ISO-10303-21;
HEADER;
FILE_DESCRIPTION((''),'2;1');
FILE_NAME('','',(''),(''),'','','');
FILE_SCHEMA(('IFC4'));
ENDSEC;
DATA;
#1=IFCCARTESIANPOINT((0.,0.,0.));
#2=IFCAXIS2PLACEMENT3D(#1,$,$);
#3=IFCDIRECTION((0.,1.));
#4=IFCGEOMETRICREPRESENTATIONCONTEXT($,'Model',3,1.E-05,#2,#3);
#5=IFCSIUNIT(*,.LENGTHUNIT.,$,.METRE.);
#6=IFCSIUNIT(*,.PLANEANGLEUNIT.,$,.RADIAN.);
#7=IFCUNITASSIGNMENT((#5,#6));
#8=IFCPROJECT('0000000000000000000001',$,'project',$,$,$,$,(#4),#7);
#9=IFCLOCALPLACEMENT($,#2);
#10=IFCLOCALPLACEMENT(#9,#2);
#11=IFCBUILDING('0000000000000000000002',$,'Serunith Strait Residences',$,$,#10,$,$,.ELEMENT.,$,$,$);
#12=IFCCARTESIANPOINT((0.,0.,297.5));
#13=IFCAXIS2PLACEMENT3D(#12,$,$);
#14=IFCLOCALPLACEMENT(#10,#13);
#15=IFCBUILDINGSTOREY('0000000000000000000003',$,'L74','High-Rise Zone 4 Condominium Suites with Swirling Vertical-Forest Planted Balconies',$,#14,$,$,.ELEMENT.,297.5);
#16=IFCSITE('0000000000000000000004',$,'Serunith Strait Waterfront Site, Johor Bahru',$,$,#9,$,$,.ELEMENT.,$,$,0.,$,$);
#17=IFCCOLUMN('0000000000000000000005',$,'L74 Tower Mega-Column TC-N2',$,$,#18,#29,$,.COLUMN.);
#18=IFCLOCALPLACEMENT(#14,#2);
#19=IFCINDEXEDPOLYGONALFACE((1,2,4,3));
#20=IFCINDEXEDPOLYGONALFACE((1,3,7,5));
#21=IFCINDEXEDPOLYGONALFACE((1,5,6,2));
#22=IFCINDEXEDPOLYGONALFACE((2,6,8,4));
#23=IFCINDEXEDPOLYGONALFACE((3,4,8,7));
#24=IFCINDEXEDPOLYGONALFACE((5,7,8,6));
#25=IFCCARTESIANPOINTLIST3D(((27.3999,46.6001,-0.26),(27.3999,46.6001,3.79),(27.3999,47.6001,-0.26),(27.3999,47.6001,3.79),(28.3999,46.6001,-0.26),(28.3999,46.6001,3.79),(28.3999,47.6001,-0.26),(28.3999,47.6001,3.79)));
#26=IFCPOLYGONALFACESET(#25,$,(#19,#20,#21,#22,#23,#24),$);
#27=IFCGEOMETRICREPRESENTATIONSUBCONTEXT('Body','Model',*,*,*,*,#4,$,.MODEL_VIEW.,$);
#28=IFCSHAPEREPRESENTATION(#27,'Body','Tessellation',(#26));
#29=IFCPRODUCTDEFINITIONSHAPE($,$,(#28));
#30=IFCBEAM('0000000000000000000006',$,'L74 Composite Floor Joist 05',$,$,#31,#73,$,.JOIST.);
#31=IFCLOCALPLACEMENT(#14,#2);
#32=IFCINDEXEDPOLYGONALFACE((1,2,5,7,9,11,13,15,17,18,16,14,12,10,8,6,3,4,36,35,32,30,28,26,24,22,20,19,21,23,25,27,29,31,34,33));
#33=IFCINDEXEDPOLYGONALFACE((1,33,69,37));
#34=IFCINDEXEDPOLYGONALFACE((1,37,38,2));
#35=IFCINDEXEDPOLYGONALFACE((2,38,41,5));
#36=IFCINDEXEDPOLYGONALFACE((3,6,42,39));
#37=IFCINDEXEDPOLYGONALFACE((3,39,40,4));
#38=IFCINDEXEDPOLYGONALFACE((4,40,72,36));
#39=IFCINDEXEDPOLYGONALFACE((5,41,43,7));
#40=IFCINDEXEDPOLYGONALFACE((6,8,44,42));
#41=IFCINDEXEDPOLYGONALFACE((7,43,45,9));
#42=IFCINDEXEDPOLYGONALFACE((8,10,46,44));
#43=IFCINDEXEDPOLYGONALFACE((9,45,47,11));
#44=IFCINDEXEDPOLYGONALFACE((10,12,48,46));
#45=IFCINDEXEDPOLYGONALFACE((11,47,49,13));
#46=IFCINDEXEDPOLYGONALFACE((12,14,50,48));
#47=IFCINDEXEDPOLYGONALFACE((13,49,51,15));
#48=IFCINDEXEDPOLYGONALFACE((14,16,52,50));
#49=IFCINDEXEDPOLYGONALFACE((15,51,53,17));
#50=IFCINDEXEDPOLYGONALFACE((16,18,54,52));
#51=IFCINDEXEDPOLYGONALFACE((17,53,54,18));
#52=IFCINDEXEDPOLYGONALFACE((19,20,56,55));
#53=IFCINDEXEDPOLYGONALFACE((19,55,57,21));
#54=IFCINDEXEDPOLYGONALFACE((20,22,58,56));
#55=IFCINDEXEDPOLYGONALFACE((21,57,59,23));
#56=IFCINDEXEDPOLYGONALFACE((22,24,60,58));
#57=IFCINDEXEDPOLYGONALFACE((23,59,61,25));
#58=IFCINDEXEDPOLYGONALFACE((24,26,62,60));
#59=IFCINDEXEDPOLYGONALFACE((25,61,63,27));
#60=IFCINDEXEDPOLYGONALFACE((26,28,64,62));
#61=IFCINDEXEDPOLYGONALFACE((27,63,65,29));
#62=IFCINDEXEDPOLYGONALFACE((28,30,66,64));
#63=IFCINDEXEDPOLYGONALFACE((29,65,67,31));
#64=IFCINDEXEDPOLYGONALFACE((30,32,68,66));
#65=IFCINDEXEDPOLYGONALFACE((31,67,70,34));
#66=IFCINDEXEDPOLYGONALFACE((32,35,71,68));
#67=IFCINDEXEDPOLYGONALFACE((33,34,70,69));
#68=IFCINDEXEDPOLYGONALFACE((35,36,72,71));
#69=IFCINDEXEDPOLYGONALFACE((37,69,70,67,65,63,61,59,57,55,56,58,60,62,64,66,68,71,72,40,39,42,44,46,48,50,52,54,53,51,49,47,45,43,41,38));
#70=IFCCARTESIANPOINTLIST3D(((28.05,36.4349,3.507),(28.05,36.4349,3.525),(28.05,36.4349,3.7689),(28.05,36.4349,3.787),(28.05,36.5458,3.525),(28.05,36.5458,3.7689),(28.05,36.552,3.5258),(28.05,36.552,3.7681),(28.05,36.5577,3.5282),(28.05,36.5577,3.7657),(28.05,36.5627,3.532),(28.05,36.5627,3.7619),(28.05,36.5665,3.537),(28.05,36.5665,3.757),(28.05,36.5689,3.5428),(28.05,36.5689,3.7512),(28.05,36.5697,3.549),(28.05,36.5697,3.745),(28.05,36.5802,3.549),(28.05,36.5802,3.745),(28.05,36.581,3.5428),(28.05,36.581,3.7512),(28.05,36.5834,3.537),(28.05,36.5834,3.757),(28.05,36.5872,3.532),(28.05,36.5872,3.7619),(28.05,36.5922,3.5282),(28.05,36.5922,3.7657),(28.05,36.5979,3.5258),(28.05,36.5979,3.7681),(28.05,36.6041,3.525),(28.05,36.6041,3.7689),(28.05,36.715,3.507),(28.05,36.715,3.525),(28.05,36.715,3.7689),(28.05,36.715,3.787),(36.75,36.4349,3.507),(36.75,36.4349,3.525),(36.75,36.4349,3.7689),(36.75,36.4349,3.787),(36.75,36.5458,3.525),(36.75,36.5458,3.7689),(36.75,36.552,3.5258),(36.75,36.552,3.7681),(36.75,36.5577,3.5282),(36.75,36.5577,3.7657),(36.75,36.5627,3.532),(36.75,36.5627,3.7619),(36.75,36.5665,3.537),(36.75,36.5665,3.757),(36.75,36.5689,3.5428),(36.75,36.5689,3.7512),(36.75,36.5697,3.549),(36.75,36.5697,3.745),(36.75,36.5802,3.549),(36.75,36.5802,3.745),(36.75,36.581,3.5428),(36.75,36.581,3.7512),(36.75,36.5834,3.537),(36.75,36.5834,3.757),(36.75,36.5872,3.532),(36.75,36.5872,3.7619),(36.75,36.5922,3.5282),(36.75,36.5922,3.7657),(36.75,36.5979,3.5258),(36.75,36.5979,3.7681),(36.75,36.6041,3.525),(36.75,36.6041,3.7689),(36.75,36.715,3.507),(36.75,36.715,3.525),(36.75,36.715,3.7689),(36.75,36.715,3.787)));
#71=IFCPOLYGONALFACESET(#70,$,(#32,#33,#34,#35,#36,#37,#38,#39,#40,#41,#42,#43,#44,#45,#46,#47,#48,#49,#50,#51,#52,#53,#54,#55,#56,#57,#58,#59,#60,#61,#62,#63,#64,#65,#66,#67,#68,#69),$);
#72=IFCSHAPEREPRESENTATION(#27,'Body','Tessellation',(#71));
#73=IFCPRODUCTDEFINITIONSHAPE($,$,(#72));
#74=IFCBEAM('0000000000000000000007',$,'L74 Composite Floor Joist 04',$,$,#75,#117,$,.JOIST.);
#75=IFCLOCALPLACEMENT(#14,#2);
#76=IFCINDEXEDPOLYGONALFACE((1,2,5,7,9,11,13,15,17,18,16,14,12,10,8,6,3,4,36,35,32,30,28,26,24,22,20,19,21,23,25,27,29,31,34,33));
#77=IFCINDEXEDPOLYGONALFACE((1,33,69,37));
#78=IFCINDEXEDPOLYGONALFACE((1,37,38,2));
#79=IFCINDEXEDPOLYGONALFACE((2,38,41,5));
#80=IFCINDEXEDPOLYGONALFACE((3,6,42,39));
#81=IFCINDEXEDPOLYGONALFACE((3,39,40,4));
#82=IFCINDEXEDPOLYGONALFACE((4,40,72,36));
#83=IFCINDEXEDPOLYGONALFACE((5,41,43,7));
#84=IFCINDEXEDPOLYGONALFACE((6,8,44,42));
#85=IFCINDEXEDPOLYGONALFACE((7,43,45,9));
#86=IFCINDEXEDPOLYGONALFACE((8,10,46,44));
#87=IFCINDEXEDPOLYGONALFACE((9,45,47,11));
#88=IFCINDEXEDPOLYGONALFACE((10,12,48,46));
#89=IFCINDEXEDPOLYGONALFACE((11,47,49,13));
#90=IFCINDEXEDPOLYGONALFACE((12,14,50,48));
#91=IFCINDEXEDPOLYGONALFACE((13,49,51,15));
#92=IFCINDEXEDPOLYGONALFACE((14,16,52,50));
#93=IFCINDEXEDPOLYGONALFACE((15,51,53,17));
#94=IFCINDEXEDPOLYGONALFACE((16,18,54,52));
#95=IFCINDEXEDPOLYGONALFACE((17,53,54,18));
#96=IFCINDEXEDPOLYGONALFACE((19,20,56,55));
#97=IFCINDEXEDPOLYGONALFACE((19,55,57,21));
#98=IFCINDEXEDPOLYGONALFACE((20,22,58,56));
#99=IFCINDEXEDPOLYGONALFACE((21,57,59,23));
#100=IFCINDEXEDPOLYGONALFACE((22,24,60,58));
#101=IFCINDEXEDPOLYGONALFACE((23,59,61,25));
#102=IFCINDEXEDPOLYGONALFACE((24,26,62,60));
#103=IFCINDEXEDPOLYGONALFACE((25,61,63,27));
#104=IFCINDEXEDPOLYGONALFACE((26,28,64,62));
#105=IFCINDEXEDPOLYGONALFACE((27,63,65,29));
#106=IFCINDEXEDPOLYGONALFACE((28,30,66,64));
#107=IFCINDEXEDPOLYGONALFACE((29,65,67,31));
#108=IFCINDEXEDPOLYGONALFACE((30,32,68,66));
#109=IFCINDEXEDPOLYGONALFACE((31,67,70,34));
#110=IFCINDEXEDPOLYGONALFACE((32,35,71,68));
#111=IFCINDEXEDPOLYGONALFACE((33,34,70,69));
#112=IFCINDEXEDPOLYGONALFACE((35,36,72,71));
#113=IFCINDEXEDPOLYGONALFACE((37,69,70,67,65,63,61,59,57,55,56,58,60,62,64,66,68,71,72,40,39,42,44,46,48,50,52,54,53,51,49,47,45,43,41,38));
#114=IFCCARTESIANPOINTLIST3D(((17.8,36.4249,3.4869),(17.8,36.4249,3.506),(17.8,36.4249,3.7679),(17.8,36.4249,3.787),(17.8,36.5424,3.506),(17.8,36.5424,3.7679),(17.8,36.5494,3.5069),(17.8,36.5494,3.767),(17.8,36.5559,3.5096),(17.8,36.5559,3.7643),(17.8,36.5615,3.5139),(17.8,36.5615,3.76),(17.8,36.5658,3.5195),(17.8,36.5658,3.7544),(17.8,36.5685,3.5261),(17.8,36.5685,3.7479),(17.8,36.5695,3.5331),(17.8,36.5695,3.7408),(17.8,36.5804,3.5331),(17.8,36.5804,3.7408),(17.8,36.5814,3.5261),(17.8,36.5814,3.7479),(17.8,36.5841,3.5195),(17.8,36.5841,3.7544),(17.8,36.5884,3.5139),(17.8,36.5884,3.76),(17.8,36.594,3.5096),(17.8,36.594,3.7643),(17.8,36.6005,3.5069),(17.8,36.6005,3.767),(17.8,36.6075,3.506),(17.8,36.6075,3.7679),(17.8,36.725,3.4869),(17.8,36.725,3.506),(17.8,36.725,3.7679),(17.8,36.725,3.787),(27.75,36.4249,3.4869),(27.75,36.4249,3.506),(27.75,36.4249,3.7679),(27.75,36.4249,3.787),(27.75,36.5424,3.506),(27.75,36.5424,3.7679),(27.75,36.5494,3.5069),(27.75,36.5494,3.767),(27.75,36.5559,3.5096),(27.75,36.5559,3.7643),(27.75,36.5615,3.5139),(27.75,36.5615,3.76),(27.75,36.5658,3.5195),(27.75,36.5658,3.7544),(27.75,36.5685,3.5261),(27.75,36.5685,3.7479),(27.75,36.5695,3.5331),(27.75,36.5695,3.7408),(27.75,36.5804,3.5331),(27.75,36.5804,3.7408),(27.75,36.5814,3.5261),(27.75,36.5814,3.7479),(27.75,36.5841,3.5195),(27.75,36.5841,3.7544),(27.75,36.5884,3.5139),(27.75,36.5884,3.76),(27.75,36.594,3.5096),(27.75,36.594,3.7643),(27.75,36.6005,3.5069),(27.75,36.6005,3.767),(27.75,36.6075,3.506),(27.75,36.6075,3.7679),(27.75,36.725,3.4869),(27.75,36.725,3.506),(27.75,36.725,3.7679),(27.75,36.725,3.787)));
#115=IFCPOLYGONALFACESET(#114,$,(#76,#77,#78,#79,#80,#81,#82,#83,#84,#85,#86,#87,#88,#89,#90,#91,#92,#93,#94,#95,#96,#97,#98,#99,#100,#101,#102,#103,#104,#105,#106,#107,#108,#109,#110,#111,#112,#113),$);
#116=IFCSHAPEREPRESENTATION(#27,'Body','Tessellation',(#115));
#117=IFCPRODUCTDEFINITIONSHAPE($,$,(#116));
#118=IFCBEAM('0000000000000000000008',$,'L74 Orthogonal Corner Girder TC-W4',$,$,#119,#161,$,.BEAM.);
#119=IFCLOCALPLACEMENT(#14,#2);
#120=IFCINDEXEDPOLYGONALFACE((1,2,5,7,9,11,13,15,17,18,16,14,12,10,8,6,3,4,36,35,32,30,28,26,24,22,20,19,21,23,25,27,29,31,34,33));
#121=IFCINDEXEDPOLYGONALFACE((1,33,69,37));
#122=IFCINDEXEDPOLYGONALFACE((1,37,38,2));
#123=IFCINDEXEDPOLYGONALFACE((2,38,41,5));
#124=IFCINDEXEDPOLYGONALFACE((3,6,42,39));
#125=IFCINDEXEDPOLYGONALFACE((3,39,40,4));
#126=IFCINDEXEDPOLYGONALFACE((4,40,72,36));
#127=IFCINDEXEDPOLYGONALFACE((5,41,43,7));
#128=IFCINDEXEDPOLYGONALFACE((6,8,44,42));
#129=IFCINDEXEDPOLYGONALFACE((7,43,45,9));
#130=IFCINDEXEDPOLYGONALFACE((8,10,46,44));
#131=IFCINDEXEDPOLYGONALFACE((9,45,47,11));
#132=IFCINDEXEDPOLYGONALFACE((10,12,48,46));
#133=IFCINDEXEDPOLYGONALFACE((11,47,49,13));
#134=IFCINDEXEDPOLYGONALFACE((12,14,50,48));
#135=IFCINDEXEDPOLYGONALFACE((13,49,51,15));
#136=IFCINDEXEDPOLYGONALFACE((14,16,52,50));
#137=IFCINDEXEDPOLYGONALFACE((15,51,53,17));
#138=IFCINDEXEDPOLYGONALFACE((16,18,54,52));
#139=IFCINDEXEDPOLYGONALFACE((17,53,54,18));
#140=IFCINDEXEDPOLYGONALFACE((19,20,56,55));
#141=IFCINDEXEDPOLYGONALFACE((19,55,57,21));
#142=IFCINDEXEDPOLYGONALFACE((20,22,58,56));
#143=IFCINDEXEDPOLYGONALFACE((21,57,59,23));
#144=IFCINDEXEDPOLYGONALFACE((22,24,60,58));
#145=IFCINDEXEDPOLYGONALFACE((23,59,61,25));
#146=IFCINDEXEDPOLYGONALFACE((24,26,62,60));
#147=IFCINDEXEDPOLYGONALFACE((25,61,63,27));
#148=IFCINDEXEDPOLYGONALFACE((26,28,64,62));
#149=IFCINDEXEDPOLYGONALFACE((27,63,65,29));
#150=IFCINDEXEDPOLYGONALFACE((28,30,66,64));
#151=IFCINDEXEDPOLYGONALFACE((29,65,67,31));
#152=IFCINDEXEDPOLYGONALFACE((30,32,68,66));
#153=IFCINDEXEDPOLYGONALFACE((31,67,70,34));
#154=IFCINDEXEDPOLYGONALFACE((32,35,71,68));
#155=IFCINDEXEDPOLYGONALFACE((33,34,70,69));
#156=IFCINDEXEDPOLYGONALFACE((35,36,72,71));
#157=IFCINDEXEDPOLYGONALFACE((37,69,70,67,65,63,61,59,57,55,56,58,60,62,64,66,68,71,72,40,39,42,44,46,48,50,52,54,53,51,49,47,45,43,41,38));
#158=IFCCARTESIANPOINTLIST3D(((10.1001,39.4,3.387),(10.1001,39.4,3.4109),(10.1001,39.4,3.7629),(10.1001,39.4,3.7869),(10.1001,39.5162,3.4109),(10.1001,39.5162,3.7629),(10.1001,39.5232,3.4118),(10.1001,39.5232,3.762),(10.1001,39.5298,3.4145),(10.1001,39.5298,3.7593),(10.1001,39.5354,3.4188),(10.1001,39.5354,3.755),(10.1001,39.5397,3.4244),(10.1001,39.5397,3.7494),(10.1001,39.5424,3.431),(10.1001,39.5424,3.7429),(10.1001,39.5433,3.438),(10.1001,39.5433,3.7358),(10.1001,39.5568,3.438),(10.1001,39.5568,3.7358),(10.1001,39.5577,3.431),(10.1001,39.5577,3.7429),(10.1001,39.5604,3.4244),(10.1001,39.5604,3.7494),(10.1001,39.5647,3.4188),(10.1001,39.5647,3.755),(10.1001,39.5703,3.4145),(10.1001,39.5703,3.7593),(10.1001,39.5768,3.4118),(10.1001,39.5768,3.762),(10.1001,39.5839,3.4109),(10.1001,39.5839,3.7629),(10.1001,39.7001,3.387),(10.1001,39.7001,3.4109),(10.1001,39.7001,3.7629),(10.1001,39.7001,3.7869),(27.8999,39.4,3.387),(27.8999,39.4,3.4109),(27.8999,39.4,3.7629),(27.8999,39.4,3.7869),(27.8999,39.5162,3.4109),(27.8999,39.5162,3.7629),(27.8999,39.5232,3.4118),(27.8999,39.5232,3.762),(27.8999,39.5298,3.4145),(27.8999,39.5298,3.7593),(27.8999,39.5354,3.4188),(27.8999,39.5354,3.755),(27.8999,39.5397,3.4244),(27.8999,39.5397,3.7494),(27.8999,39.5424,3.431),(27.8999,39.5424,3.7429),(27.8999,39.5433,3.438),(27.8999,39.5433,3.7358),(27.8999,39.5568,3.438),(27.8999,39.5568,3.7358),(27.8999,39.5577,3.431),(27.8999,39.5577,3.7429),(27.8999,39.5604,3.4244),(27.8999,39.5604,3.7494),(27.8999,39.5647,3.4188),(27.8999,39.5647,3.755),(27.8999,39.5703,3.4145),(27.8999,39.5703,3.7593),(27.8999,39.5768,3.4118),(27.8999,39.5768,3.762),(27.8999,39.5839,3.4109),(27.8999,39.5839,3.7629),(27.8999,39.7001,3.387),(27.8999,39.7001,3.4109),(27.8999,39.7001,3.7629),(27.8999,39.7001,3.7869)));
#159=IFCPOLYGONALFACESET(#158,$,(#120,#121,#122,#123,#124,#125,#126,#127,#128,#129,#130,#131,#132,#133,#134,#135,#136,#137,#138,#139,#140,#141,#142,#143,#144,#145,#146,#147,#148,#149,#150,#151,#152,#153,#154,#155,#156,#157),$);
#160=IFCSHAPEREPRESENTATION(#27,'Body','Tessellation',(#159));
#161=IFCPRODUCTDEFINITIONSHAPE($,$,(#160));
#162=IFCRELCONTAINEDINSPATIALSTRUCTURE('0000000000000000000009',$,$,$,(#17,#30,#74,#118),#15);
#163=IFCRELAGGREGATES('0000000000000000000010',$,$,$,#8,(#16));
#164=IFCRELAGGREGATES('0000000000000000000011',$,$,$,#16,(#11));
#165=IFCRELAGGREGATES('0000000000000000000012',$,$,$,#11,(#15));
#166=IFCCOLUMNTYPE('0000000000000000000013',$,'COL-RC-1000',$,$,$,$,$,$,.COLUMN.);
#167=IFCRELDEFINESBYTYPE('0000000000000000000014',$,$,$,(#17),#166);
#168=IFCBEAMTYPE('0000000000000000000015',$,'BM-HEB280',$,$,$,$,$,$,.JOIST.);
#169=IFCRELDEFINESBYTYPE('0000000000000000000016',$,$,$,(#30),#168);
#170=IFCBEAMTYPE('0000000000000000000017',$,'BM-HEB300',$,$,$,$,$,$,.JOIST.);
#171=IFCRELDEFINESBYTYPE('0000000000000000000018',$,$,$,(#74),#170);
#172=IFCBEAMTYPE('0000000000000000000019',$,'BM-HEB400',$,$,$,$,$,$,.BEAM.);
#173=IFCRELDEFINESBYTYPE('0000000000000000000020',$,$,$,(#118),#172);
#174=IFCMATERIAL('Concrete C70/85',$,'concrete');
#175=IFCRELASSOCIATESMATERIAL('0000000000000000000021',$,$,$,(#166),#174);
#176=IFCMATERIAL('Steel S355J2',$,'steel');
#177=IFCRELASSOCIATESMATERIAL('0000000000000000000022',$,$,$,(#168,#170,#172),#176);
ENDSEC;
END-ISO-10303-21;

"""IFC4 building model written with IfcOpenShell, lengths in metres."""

from ifc_helpers import new_model, si_unit, direction, frame, origin, origin_2d, place, context, subcontext, project, spatial, rectangle, i_section, extrude, source, transform, mapped, material, material_profile, profile_set, type_object, element, save


model = new_model("IFC4")

# Units and contexts
model_context = context("Model", 3, precision=1e-05, world=origin(), true_north=direction((0.0, 1.0)))
body_context = subcontext(model_context, "Body", "Model", "MODEL_VIEW")
ifc_project = project(units=[si_unit("LENGTHUNIT", "METRE"), si_unit("PLANEANGLEUNIT", "RADIAN")], contexts=[model_context])

# Site, building, storey
site_placement = place(None, origin())
site = spatial("IfcSite", under=ifc_project, at=site_placement, Name="Serunith Strait Waterfront Site, Johor Bahru", CompositionType="ELEMENT", RefElevation=0.0)
building_placement = place(site_placement, origin())
building = spatial("IfcBuilding", under=site, at=building_placement, Name="Serunith Strait Residences", CompositionType="ELEMENT")
storey_placement = place(building_placement, frame((0.0, 0.0, 297.5)))
storey = spatial("IfcBuildingStorey", under=building, at=storey_placement, Name="L74", Description="High-Rise Zone 4 Condominium Suites with Swirling Vertical-Forest Planted Balconies", CompositionType="ELEMENT", Elevation=297.5)

# Column
ifc_material_1 = material(Name="Concrete C70/85", Category="concrete")
ifc_material_profile_1 = material_profile(ifc_material_1, rectangle(XDim=1.0, YDim=1.0, at=origin_2d()), Name="RC 1000x1000")
ifc_profile_set_1 = profile_set([ifc_material_profile_1], Name="Concrete C70/85")
column_type = type_object("IfcColumnType", Name="COL-RC-1000", PredefinedType="COLUMN", material=ifc_profile_set_1)
shared_shape_1 = source(origin(), body_context, "Body", "SweptSolid", [
    extrude(rectangle(XDim=1.0, YDim=1.0, at=origin_2d()), origin(), (0.0, 0.0, 1.0), 4.05),
])
column_placement = place(storey_placement, frame((27.8999, 47.1001, -0.26), z_axis=(0.0, 0.0, 1.0), x_axis=(1.0, 0.0, 0.0)))
element("IfcColumn", 1, at=column_placement, inside=storey, type_object=column_type, Name="L74 Tower Mega-Column TC-N2", PredefinedType="COLUMN", context=body_context, shape_type="MappedRepresentation", body=[
    mapped(shared_shape_1, transform((0.0, 0.0, 0.0), scale=1.0)),
])

# Beams
ifc_material_2 = material(Name="Steel S355J2", Category="steel")
ifc_material_profile_2 = material_profile(ifc_material_2, i_section(OverallWidth=0.28, OverallDepth=0.28, WebThickness=0.0105, FlangeThickness=0.0181, FilletRadius=0.0239, at=origin_2d()), Name="HEB 280")
ifc_profile_set_2 = profile_set([ifc_material_profile_2], Name="Steel S355J2")
beam_type_1 = type_object("IfcBeamType", Name="BM-HEB280", PredefinedType="JOIST", material=ifc_profile_set_2)
shared_shape_2 = source(origin(), body_context, "Body", "SweptSolid", [
    extrude(i_section(OverallWidth=0.28, OverallDepth=0.28, WebThickness=0.0105, FlangeThickness=0.0181, FilletRadius=0.0239, at=origin_2d()), origin(), (0.0, 0.0, 1.0), 8.7),
])
beam_1_placement = place(storey_placement, frame((28.05, 36.575, 3.647), z_axis=(1.0, 0.0, 0.0), x_axis=(0.0, 1.0, 0.0)))
element("IfcBeam", 2, at=beam_1_placement, inside=storey, type_object=beam_type_1, Name="L74 Composite Floor Joist 05", PredefinedType="JOIST", context=body_context, shape_type="MappedRepresentation", body=[
    mapped(shared_shape_2, transform((0.0, 0.0, 0.0), scale=1.0)),
])
ifc_material_profile_3 = material_profile(ifc_material_2, i_section(OverallWidth=0.3, OverallDepth=0.3, WebThickness=0.011, FlangeThickness=0.019, FilletRadius=0.0271, at=origin_2d()), Name="HEB 300")
ifc_profile_set_3 = profile_set([ifc_material_profile_3], Name="Steel S355J2")
beam_type_2 = type_object("IfcBeamType", Name="BM-HEB300", PredefinedType="JOIST", material=ifc_profile_set_3)
shared_shape_3 = source(origin(), body_context, "Body", "SweptSolid", [
    extrude(i_section(OverallWidth=0.3, OverallDepth=0.3, WebThickness=0.011, FlangeThickness=0.019, FilletRadius=0.0271, at=origin_2d()), origin(), (0.0, 0.0, 1.0), 9.95),
])
beam_2_placement = place(storey_placement, frame((17.8, 36.575, 3.637), z_axis=(1.0, 0.0, 0.0), x_axis=(0.0, 1.0, 0.0)))
element("IfcBeam", 3, at=beam_2_placement, inside=storey, type_object=beam_type_2, Name="L74 Composite Floor Joist 04", PredefinedType="JOIST", context=body_context, shape_type="MappedRepresentation", body=[
    mapped(shared_shape_3, transform((0.0, 0.0, 0.0), scale=1.0)),
])
ifc_material_profile_4 = material_profile(ifc_material_2, i_section(OverallWidth=0.3, OverallDepth=0.3999, WebThickness=0.0134, FlangeThickness=0.0239, FilletRadius=0.0271, at=origin_2d()), Name="HEB 400")
ifc_profile_set_4 = profile_set([ifc_material_profile_4], Name="Steel S355J2")
beam_type_3 = type_object("IfcBeamType", Name="BM-HEB400", PredefinedType="BEAM", material=ifc_profile_set_4)
shared_shape_4 = source(origin(), body_context, "Body", "SweptSolid", [
    extrude(i_section(OverallWidth=0.3, OverallDepth=0.3999, WebThickness=0.0134, FlangeThickness=0.0239, FilletRadius=0.0271, at=origin_2d()), origin(), (0.0, 0.0, 1.0), 17.7998),
])
beam_3_placement = place(storey_placement, frame((27.8999, 39.55, 3.5869), z_axis=(-1.0, 0.0, 0.0), x_axis=(0.0, -1.0, 0.0)))
element("IfcBeam", 4, at=beam_3_placement, inside=storey, type_object=beam_type_3, Name="L74 Orthogonal Corner Girder TC-W4", PredefinedType="BEAM", context=body_context, shape_type="MappedRepresentation", body=[
    mapped(shared_shape_4, transform((0.0, 0.0, 0.0), scale=1.0)),
])

save(model, "model.ifc")
